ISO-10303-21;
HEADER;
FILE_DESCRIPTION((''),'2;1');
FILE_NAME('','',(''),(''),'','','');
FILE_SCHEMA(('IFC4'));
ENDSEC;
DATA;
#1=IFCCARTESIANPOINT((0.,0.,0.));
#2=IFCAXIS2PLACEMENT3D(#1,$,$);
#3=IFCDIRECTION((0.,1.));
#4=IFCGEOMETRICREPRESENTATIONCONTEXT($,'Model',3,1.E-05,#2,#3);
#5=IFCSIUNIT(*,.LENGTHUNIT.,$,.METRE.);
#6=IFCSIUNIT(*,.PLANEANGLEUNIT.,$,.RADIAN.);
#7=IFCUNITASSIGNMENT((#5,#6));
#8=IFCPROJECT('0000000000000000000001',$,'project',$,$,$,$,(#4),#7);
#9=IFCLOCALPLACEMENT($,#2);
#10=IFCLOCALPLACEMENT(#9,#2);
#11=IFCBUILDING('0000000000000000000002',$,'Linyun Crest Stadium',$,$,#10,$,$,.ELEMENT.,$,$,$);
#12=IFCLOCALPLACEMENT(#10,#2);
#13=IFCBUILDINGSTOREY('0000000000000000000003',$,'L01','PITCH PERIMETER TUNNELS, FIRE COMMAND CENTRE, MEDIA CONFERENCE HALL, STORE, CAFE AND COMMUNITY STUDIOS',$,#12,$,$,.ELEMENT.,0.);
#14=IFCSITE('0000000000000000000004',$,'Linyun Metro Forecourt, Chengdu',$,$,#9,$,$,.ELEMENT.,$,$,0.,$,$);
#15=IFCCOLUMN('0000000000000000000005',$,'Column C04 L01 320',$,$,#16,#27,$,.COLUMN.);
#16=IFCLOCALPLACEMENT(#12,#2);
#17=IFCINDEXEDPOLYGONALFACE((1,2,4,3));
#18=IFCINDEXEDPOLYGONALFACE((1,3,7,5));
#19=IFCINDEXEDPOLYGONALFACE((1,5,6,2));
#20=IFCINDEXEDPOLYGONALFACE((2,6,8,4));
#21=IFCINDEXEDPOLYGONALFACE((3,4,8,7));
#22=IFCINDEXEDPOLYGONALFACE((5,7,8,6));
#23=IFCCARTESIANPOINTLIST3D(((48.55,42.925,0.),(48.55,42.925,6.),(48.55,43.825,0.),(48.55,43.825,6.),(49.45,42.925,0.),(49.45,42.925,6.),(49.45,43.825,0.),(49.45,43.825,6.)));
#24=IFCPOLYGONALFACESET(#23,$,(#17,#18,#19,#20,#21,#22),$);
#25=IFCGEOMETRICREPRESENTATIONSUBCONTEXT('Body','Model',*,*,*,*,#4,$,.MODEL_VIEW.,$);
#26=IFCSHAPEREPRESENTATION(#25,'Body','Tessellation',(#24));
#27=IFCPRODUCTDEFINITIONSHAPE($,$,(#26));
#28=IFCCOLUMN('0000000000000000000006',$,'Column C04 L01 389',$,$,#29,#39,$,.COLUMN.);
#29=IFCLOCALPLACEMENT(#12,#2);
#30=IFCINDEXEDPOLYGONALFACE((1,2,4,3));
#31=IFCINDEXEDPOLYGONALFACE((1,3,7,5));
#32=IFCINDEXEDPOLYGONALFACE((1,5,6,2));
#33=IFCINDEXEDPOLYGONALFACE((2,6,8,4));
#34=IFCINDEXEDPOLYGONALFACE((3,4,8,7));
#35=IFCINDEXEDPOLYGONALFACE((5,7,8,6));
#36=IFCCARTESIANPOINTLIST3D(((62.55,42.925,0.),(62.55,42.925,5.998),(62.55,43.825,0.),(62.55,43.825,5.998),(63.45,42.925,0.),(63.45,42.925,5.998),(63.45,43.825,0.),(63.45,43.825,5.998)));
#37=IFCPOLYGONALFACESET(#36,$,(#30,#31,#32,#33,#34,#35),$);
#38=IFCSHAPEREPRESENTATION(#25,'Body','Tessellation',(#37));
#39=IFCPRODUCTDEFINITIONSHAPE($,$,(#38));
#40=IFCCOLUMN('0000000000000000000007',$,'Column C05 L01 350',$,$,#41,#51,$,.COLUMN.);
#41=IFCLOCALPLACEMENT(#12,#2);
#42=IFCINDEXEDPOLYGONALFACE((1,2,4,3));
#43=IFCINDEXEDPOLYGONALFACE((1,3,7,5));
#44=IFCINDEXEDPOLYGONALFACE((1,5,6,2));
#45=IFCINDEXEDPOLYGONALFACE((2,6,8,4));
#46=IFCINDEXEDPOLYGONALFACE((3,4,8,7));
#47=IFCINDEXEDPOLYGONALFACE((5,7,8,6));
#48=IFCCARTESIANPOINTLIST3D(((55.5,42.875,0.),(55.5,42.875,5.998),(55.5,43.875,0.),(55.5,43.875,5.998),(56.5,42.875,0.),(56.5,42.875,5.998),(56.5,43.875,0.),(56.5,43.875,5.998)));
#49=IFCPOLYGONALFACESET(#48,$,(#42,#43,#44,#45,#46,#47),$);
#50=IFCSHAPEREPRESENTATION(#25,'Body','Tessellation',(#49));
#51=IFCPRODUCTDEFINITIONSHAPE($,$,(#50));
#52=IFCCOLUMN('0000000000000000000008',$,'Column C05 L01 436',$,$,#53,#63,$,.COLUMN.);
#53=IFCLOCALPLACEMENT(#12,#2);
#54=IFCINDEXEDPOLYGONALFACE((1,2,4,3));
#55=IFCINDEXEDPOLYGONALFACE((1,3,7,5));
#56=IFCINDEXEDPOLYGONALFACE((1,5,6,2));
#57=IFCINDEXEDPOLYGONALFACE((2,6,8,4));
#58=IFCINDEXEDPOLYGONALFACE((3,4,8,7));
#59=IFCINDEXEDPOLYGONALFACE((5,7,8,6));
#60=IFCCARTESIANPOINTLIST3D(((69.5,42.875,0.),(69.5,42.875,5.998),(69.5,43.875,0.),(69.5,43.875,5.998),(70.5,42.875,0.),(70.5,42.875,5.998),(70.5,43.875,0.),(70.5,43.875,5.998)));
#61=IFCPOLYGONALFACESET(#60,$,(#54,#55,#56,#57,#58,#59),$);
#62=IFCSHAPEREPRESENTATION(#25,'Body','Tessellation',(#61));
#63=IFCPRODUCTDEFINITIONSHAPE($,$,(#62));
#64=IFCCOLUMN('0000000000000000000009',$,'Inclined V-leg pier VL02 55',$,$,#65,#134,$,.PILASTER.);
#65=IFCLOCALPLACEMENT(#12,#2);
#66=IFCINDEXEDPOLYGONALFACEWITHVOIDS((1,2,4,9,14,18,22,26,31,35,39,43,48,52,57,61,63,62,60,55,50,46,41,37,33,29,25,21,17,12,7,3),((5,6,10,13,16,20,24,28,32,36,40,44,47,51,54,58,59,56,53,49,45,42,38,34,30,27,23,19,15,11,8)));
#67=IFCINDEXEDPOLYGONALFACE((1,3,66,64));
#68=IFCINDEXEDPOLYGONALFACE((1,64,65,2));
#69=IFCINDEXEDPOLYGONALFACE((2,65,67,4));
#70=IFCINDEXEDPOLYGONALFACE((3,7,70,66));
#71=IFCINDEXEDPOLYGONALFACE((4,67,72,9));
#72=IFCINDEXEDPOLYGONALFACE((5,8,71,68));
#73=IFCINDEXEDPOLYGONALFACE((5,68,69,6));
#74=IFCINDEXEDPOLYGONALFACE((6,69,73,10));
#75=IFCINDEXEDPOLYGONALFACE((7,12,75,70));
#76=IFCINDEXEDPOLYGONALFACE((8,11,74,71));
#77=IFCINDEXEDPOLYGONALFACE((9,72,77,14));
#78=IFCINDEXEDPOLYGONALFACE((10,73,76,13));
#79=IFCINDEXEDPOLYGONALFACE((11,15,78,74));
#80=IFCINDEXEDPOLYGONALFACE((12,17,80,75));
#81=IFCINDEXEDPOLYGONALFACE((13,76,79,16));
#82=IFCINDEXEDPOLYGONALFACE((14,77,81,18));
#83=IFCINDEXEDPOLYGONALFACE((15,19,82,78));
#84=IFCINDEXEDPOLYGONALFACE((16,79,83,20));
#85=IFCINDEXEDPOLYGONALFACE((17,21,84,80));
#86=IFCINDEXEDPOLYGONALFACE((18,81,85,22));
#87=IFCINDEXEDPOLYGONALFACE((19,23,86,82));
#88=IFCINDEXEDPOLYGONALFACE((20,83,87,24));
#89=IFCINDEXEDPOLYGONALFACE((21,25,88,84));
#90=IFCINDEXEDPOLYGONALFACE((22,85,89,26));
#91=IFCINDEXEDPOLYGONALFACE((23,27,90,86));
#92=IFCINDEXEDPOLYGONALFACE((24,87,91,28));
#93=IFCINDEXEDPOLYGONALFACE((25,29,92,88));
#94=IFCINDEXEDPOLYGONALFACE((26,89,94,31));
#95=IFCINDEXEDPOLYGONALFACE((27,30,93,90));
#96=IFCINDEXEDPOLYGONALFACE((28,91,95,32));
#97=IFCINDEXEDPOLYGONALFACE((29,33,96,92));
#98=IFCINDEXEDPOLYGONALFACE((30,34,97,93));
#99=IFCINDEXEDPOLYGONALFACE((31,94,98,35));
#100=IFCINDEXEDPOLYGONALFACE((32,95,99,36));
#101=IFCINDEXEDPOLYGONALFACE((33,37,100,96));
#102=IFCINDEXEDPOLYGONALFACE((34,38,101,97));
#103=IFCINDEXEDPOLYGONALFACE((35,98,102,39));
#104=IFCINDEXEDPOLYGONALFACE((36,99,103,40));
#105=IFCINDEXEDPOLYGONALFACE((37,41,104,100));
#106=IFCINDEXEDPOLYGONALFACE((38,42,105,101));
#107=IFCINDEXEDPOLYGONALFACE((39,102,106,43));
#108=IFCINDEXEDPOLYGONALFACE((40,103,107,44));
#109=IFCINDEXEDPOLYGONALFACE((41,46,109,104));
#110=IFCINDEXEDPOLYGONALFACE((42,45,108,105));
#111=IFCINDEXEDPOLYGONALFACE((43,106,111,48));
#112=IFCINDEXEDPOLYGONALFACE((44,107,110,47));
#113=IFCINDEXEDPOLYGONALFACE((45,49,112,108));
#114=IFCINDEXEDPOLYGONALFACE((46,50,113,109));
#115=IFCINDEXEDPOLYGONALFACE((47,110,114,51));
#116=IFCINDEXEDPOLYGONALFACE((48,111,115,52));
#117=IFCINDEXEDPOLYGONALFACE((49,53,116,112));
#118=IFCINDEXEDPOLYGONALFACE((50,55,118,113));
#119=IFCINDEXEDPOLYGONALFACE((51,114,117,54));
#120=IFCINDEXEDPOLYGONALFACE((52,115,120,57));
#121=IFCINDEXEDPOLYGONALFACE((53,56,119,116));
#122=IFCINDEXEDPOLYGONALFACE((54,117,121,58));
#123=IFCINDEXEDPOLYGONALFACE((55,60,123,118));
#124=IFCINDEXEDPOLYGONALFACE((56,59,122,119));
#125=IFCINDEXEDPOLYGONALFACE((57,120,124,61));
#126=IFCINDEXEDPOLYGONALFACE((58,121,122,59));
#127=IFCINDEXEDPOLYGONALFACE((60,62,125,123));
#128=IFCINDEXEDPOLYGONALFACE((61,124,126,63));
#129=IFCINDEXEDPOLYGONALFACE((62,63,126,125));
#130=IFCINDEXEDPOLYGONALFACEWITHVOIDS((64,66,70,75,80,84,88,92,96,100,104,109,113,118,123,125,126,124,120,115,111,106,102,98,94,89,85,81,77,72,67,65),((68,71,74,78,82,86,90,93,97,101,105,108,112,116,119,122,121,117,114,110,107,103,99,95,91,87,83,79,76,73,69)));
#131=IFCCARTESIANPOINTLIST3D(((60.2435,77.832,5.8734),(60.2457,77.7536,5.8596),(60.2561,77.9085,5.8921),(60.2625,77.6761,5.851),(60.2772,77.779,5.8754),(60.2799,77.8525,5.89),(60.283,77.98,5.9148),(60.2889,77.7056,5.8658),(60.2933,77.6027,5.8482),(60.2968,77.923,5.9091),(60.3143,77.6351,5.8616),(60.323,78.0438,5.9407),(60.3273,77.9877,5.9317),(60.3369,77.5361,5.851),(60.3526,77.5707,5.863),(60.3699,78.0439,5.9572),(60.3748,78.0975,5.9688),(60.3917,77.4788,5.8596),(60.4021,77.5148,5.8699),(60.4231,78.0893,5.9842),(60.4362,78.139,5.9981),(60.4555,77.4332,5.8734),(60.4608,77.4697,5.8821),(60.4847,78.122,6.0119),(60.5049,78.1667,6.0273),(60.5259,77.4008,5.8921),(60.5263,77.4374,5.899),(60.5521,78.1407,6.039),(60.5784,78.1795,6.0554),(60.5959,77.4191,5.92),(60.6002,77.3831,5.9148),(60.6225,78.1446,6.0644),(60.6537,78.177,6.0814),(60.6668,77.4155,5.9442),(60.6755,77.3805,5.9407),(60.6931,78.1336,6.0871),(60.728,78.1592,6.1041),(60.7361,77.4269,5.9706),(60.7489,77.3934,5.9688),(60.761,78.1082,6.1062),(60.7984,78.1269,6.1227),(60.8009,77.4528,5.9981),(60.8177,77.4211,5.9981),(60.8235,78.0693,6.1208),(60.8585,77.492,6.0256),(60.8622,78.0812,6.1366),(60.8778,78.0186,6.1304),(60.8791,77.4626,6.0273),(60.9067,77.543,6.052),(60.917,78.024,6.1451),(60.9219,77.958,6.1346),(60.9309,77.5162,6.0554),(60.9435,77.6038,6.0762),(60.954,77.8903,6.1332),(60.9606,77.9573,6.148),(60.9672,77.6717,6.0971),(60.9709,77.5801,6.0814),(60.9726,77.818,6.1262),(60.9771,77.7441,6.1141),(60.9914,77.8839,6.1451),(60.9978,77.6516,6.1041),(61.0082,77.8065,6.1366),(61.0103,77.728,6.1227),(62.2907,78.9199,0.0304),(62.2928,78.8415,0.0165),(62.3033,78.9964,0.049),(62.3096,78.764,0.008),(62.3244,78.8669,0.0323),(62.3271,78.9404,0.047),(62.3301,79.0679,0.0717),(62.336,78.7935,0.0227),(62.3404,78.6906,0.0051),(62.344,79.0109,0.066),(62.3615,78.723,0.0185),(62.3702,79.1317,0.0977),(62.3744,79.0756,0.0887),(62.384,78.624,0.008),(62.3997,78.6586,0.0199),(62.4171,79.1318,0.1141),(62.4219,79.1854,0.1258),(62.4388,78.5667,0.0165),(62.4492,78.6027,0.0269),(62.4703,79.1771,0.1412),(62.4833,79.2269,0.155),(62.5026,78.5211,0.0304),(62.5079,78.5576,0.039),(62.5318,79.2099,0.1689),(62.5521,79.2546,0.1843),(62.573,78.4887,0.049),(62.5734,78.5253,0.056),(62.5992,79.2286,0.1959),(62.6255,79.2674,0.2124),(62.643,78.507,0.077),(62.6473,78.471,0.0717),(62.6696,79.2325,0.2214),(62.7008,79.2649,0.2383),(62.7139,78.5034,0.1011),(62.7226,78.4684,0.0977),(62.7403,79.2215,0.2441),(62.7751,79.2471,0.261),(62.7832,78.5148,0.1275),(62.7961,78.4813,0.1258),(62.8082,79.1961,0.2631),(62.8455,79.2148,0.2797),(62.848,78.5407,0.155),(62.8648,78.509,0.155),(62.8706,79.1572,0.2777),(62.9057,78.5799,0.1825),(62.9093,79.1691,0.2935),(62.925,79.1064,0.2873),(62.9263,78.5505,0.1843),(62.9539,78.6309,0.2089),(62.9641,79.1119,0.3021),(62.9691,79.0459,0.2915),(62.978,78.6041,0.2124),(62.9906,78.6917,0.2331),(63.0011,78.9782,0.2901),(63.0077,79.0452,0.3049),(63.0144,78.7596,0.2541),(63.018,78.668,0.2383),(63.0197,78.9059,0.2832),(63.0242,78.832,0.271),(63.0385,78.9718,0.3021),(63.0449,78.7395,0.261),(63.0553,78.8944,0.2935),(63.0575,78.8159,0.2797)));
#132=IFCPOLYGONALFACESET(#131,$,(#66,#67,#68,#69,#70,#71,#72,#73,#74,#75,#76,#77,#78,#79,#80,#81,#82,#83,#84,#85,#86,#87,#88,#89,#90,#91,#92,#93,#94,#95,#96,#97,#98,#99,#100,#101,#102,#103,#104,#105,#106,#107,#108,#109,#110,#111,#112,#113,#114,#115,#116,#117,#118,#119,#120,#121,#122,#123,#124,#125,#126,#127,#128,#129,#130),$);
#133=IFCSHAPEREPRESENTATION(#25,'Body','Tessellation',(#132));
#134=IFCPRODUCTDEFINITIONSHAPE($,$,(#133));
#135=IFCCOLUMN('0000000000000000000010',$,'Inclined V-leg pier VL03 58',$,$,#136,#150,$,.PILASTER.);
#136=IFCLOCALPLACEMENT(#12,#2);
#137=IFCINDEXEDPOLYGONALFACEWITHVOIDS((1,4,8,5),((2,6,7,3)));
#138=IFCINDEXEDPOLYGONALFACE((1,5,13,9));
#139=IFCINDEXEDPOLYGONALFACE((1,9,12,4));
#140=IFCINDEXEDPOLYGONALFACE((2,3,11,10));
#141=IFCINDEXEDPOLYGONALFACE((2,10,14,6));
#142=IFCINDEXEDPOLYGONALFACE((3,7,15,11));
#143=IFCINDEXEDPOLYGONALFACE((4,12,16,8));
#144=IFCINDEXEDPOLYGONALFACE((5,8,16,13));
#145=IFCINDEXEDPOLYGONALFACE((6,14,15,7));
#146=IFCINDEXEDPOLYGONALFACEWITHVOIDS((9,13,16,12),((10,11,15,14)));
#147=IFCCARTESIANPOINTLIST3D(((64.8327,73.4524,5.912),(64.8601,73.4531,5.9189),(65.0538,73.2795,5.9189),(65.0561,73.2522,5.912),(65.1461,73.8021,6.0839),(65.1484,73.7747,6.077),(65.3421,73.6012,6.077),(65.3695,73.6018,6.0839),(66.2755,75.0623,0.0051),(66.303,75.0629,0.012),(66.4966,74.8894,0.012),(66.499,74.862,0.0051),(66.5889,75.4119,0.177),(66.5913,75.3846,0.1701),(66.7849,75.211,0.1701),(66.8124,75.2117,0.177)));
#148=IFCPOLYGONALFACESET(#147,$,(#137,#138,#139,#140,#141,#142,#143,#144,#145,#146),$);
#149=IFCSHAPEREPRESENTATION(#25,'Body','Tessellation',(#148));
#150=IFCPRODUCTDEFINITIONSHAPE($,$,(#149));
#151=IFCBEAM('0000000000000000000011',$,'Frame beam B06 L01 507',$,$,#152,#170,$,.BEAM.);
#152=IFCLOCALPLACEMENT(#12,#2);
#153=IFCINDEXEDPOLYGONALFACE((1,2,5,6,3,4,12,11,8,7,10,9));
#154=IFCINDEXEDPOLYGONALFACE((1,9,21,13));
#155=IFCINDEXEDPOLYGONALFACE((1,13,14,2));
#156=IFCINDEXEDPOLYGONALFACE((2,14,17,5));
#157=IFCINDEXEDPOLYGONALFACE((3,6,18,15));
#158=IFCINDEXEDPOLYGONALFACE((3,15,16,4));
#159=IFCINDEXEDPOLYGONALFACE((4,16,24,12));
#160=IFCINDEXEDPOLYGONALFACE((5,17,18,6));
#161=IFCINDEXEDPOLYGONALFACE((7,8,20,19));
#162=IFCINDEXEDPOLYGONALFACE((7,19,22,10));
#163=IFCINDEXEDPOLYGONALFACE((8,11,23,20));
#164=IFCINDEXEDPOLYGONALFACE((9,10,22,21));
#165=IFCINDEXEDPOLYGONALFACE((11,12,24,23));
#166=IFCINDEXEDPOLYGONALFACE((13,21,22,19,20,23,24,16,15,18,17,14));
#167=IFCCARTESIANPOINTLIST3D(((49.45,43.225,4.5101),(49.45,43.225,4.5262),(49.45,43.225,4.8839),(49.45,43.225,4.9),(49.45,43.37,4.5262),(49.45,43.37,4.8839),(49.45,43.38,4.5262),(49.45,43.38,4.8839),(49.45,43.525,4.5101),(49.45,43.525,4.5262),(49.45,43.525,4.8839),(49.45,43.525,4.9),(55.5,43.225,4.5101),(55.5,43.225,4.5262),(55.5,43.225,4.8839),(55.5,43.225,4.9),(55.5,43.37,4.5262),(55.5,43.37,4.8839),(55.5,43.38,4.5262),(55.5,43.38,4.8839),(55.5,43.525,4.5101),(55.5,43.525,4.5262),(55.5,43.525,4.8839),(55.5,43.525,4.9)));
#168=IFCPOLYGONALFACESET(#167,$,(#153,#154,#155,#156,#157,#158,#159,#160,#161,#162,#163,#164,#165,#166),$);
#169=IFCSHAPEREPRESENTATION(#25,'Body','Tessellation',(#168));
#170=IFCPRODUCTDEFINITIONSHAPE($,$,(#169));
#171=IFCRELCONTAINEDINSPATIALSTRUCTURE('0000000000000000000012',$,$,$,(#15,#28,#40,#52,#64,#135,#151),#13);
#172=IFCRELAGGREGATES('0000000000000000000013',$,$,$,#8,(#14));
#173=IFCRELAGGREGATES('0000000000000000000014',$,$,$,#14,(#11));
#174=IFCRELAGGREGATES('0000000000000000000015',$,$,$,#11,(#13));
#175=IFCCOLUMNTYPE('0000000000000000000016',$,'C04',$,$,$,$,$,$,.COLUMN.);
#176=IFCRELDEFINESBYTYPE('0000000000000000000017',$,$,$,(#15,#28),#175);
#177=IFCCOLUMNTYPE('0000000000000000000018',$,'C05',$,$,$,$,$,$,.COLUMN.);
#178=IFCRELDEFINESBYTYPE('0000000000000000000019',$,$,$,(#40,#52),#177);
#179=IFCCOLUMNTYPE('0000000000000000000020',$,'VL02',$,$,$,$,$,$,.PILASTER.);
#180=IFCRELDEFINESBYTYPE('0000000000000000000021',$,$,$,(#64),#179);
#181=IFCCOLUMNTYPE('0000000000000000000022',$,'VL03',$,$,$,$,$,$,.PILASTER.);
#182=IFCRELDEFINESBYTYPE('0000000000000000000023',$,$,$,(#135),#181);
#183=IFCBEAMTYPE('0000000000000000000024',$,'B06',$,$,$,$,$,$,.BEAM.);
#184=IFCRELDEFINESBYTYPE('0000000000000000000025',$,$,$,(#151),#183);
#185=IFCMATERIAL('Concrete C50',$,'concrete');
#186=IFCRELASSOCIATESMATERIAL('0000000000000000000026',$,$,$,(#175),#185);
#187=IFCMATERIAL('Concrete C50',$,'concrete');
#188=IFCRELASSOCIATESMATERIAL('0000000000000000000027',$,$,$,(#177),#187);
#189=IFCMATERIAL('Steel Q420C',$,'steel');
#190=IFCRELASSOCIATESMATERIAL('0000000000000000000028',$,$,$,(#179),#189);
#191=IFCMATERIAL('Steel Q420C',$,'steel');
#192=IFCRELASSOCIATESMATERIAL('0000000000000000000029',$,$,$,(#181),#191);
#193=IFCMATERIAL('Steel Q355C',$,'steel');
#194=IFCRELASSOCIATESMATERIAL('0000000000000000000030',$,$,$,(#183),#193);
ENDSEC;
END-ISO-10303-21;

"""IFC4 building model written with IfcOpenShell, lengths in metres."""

from ifc_helpers import new_model, si_unit, direction, frame, origin, origin_2d, place, context, subcontext, project, spatial, rectangle, hollow_rectangle, hollow_circle, i_section, extrude, material, material_profile, profile_set, type_object, element, save


model = new_model("IFC4")

# Units and contexts
model_context = context("Model", 3, precision=1e-05, world=origin(), true_north=direction((0.0, 1.0)))
body_context = subcontext(model_context, "Body", "Model", "MODEL_VIEW")
ifc_project = project(units=[si_unit("LENGTHUNIT", "METRE"), si_unit("PLANEANGLEUNIT", "RADIAN")], contexts=[model_context])

# Site, building, storey
site_placement = place(None, origin())
site = spatial("IfcSite", under=ifc_project, at=site_placement, Name="Linyun Metro Forecourt, Chengdu", CompositionType="ELEMENT", RefElevation=0.0)
building_placement = place(site_placement, origin())
building = spatial("IfcBuilding", under=site, at=building_placement, Name="Linyun Crest Stadium", CompositionType="ELEMENT")
storey_placement = place(building_placement, origin())
storey = spatial("IfcBuildingStorey", under=building, at=storey_placement, Name="L01", Description="PITCH PERIMETER TUNNELS, FIRE COMMAND CENTRE, MEDIA CONFERENCE HALL, STORE, CAFE AND COMMUNITY STUDIOS", CompositionType="ELEMENT", Elevation=0.0)

# Columns
ifc_material_1 = material(Name="Concrete C50", Category="concrete")
ifc_material_profile_1 = material_profile(ifc_material_1, rectangle(XDim=0.8999, YDim=0.8999, at=origin_2d()), Name="RC 900x900")
ifc_profile_set_1 = profile_set([ifc_material_profile_1], Name="Concrete C50")
column_type_1 = type_object("IfcColumnType", Name="C04", PredefinedType="COLUMN", material=ifc_profile_set_1)
column_1_placement = place(storey_placement, frame((49.0, 43.375, 0.0), z_axis=(0.0, 0.0, 1.0), x_axis=(1.0, 0.0, 0.0)))
element("IfcColumn", 1, at=column_1_placement, inside=storey, type_object=column_type_1, Name="Column C04 L01 320", PredefinedType="COLUMN", context=body_context, shape_type="SweptSolid", body=[
    extrude(rectangle(XDim=0.8999, YDim=0.8999, at=origin_2d()), origin(), (0.0, 0.0, 1.0), 6.0),
])
column_2_placement = place(storey_placement, frame((63.0, 43.375, 0.0), z_axis=(0.0, 0.0, 1.0), x_axis=(1.0, 0.0, 0.0)))
element("IfcColumn", 2, at=column_2_placement, inside=storey, type_object=column_type_1, Name="Column C04 L01 389", PredefinedType="COLUMN", context=body_context, shape_type="SweptSolid", body=[
    extrude(rectangle(XDim=0.8999, YDim=0.8999, at=origin_2d()), origin(), (0.0, 0.0, 1.0), 5.998),
])
ifc_material_2 = material(Name="Concrete C50", Category="concrete")
ifc_material_profile_2 = material_profile(ifc_material_2, rectangle(XDim=1.0, YDim=1.0, at=origin_2d()), Name="RC 1000x1000")
ifc_profile_set_2 = profile_set([ifc_material_profile_2], Name="Concrete C50")
column_type_2 = type_object("IfcColumnType", Name="C05", PredefinedType="COLUMN", material=ifc_profile_set_2)
for number, where, z_axis, x_axis, name in (
    (3, (56.0, 43.375, 0.0), (0.0, 0.0, 1.0), (1.0, 0.0, 0.0), "Column C05 L01 350"),
    (4, (70.0, 43.375, 0.0), (0.0, 0.0, 1.0), (1.0, 0.0, 0.0), "Column C05 L01 436"),
):
    element("IfcColumn", number, at=place(storey_placement, frame(where, z_axis=z_axis, x_axis=x_axis)), inside=storey, type_object=column_type_2, Name=name, PredefinedType="COLUMN", context=body_context, shape_type="SweptSolid", body=[
        extrude(rectangle(XDim=1.0, YDim=1.0, at=origin_2d()), origin(), (0.0, 0.0, 1.0), 5.998),
    ])
ifc_material_3 = material(Name="Steel Q420C", Category="steel")
ifc_material_profile_3 = material_profile(ifc_material_3, hollow_circle(Radius=0.4065, WallThickness=0.0359, at=origin_2d()), Name="CHS 813x36")
ifc_profile_set_3 = profile_set([ifc_material_profile_3], Name="Steel Q420C")
column_type_3 = type_object("IfcColumnType", Name="VL02", PredefinedType="PILASTER", material=ifc_profile_set_3)
column_3_placement = place(storey_placement, frame((62.6741, 78.8679, 0.155), z_axis=(-0.325658, -0.173063, 0.929514), x_axis=(0.469276, -0.883052, 0.0)))
element("IfcColumn", 5, at=column_3_placement, inside=storey, type_object=column_type_3, Name="Inclined V-leg pier VL02 55", PredefinedType="PILASTER", context=body_context, shape_type="SweptSolid", body=[
    extrude(hollow_circle(Radius=0.4065, WallThickness=0.0359, at=origin_2d()), origin(), (0.0, 0.0, 1.0), 6.2861),
])
ifc_material_4 = material(Name="Steel Q420C", Category="steel")
ifc_material_profile_4 = material_profile(ifc_material_4, hollow_rectangle(XDim=0.3, YDim=0.5, WallThickness=0.02, at=origin_2d()), Name="RHS 500x300x20")
ifc_profile_set_4 = profile_set([ifc_material_profile_4], Name="Steel Q420C")
column_type_4 = type_object("IfcColumnType", Name="VL03", PredefinedType="PILASTER", material=ifc_profile_set_4)
column_4_placement = place(storey_placement, frame((66.5439, 75.137, 0.0911), z_axis=(-0.229386, -0.255934, 0.939085), x_axis=(0.744674, -0.667428, 0.0)))
element("IfcColumn", 6, at=column_4_placement, inside=storey, type_object=column_type_4, Name="Inclined V-leg pier VL03 58", PredefinedType="PILASTER", context=body_context, shape_type="SweptSolid", body=[
    extrude(hollow_rectangle(XDim=0.3, YDim=0.5, WallThickness=0.02, at=origin_2d()), origin(), (0.0, 0.0, 1.0), 6.29),
])

# Beam
ifc_material_5 = material(Name="Steel Q355C", Category="steel")
ifc_material_profile_5 = material_profile(ifc_material_5, i_section(OverallWidth=0.3, OverallDepth=0.3899, WebThickness=0.01, FlangeThickness=0.0161, at=origin_2d()), Name="HM 390x300")
ifc_profile_set_5 = profile_set([ifc_material_profile_5], Name="Steel Q355C")
beam_type_1 = type_object("IfcBeamType", Name="B06", PredefinedType="BEAM", material=ifc_profile_set_5)
beam_1_placement = place(storey_placement, frame((49.45, 43.375, 4.7051), z_axis=(1.0, 0.0, 0.0), x_axis=(0.0, 1.0, 0.0)))
element("IfcBeam", 7, at=beam_1_placement, inside=storey, type_object=beam_type_1, Name="Frame beam B06 L01 507", PredefinedType="BEAM", context=body_context, shape_type="SweptSolid", body=[
    extrude(i_section(OverallWidth=0.3, OverallDepth=0.3899, WebThickness=0.01, FlangeThickness=0.0161, at=origin_2d()), origin(), (0.0, 0.0, 1.0), 6.05),
])

save(model, "model.ifc")
